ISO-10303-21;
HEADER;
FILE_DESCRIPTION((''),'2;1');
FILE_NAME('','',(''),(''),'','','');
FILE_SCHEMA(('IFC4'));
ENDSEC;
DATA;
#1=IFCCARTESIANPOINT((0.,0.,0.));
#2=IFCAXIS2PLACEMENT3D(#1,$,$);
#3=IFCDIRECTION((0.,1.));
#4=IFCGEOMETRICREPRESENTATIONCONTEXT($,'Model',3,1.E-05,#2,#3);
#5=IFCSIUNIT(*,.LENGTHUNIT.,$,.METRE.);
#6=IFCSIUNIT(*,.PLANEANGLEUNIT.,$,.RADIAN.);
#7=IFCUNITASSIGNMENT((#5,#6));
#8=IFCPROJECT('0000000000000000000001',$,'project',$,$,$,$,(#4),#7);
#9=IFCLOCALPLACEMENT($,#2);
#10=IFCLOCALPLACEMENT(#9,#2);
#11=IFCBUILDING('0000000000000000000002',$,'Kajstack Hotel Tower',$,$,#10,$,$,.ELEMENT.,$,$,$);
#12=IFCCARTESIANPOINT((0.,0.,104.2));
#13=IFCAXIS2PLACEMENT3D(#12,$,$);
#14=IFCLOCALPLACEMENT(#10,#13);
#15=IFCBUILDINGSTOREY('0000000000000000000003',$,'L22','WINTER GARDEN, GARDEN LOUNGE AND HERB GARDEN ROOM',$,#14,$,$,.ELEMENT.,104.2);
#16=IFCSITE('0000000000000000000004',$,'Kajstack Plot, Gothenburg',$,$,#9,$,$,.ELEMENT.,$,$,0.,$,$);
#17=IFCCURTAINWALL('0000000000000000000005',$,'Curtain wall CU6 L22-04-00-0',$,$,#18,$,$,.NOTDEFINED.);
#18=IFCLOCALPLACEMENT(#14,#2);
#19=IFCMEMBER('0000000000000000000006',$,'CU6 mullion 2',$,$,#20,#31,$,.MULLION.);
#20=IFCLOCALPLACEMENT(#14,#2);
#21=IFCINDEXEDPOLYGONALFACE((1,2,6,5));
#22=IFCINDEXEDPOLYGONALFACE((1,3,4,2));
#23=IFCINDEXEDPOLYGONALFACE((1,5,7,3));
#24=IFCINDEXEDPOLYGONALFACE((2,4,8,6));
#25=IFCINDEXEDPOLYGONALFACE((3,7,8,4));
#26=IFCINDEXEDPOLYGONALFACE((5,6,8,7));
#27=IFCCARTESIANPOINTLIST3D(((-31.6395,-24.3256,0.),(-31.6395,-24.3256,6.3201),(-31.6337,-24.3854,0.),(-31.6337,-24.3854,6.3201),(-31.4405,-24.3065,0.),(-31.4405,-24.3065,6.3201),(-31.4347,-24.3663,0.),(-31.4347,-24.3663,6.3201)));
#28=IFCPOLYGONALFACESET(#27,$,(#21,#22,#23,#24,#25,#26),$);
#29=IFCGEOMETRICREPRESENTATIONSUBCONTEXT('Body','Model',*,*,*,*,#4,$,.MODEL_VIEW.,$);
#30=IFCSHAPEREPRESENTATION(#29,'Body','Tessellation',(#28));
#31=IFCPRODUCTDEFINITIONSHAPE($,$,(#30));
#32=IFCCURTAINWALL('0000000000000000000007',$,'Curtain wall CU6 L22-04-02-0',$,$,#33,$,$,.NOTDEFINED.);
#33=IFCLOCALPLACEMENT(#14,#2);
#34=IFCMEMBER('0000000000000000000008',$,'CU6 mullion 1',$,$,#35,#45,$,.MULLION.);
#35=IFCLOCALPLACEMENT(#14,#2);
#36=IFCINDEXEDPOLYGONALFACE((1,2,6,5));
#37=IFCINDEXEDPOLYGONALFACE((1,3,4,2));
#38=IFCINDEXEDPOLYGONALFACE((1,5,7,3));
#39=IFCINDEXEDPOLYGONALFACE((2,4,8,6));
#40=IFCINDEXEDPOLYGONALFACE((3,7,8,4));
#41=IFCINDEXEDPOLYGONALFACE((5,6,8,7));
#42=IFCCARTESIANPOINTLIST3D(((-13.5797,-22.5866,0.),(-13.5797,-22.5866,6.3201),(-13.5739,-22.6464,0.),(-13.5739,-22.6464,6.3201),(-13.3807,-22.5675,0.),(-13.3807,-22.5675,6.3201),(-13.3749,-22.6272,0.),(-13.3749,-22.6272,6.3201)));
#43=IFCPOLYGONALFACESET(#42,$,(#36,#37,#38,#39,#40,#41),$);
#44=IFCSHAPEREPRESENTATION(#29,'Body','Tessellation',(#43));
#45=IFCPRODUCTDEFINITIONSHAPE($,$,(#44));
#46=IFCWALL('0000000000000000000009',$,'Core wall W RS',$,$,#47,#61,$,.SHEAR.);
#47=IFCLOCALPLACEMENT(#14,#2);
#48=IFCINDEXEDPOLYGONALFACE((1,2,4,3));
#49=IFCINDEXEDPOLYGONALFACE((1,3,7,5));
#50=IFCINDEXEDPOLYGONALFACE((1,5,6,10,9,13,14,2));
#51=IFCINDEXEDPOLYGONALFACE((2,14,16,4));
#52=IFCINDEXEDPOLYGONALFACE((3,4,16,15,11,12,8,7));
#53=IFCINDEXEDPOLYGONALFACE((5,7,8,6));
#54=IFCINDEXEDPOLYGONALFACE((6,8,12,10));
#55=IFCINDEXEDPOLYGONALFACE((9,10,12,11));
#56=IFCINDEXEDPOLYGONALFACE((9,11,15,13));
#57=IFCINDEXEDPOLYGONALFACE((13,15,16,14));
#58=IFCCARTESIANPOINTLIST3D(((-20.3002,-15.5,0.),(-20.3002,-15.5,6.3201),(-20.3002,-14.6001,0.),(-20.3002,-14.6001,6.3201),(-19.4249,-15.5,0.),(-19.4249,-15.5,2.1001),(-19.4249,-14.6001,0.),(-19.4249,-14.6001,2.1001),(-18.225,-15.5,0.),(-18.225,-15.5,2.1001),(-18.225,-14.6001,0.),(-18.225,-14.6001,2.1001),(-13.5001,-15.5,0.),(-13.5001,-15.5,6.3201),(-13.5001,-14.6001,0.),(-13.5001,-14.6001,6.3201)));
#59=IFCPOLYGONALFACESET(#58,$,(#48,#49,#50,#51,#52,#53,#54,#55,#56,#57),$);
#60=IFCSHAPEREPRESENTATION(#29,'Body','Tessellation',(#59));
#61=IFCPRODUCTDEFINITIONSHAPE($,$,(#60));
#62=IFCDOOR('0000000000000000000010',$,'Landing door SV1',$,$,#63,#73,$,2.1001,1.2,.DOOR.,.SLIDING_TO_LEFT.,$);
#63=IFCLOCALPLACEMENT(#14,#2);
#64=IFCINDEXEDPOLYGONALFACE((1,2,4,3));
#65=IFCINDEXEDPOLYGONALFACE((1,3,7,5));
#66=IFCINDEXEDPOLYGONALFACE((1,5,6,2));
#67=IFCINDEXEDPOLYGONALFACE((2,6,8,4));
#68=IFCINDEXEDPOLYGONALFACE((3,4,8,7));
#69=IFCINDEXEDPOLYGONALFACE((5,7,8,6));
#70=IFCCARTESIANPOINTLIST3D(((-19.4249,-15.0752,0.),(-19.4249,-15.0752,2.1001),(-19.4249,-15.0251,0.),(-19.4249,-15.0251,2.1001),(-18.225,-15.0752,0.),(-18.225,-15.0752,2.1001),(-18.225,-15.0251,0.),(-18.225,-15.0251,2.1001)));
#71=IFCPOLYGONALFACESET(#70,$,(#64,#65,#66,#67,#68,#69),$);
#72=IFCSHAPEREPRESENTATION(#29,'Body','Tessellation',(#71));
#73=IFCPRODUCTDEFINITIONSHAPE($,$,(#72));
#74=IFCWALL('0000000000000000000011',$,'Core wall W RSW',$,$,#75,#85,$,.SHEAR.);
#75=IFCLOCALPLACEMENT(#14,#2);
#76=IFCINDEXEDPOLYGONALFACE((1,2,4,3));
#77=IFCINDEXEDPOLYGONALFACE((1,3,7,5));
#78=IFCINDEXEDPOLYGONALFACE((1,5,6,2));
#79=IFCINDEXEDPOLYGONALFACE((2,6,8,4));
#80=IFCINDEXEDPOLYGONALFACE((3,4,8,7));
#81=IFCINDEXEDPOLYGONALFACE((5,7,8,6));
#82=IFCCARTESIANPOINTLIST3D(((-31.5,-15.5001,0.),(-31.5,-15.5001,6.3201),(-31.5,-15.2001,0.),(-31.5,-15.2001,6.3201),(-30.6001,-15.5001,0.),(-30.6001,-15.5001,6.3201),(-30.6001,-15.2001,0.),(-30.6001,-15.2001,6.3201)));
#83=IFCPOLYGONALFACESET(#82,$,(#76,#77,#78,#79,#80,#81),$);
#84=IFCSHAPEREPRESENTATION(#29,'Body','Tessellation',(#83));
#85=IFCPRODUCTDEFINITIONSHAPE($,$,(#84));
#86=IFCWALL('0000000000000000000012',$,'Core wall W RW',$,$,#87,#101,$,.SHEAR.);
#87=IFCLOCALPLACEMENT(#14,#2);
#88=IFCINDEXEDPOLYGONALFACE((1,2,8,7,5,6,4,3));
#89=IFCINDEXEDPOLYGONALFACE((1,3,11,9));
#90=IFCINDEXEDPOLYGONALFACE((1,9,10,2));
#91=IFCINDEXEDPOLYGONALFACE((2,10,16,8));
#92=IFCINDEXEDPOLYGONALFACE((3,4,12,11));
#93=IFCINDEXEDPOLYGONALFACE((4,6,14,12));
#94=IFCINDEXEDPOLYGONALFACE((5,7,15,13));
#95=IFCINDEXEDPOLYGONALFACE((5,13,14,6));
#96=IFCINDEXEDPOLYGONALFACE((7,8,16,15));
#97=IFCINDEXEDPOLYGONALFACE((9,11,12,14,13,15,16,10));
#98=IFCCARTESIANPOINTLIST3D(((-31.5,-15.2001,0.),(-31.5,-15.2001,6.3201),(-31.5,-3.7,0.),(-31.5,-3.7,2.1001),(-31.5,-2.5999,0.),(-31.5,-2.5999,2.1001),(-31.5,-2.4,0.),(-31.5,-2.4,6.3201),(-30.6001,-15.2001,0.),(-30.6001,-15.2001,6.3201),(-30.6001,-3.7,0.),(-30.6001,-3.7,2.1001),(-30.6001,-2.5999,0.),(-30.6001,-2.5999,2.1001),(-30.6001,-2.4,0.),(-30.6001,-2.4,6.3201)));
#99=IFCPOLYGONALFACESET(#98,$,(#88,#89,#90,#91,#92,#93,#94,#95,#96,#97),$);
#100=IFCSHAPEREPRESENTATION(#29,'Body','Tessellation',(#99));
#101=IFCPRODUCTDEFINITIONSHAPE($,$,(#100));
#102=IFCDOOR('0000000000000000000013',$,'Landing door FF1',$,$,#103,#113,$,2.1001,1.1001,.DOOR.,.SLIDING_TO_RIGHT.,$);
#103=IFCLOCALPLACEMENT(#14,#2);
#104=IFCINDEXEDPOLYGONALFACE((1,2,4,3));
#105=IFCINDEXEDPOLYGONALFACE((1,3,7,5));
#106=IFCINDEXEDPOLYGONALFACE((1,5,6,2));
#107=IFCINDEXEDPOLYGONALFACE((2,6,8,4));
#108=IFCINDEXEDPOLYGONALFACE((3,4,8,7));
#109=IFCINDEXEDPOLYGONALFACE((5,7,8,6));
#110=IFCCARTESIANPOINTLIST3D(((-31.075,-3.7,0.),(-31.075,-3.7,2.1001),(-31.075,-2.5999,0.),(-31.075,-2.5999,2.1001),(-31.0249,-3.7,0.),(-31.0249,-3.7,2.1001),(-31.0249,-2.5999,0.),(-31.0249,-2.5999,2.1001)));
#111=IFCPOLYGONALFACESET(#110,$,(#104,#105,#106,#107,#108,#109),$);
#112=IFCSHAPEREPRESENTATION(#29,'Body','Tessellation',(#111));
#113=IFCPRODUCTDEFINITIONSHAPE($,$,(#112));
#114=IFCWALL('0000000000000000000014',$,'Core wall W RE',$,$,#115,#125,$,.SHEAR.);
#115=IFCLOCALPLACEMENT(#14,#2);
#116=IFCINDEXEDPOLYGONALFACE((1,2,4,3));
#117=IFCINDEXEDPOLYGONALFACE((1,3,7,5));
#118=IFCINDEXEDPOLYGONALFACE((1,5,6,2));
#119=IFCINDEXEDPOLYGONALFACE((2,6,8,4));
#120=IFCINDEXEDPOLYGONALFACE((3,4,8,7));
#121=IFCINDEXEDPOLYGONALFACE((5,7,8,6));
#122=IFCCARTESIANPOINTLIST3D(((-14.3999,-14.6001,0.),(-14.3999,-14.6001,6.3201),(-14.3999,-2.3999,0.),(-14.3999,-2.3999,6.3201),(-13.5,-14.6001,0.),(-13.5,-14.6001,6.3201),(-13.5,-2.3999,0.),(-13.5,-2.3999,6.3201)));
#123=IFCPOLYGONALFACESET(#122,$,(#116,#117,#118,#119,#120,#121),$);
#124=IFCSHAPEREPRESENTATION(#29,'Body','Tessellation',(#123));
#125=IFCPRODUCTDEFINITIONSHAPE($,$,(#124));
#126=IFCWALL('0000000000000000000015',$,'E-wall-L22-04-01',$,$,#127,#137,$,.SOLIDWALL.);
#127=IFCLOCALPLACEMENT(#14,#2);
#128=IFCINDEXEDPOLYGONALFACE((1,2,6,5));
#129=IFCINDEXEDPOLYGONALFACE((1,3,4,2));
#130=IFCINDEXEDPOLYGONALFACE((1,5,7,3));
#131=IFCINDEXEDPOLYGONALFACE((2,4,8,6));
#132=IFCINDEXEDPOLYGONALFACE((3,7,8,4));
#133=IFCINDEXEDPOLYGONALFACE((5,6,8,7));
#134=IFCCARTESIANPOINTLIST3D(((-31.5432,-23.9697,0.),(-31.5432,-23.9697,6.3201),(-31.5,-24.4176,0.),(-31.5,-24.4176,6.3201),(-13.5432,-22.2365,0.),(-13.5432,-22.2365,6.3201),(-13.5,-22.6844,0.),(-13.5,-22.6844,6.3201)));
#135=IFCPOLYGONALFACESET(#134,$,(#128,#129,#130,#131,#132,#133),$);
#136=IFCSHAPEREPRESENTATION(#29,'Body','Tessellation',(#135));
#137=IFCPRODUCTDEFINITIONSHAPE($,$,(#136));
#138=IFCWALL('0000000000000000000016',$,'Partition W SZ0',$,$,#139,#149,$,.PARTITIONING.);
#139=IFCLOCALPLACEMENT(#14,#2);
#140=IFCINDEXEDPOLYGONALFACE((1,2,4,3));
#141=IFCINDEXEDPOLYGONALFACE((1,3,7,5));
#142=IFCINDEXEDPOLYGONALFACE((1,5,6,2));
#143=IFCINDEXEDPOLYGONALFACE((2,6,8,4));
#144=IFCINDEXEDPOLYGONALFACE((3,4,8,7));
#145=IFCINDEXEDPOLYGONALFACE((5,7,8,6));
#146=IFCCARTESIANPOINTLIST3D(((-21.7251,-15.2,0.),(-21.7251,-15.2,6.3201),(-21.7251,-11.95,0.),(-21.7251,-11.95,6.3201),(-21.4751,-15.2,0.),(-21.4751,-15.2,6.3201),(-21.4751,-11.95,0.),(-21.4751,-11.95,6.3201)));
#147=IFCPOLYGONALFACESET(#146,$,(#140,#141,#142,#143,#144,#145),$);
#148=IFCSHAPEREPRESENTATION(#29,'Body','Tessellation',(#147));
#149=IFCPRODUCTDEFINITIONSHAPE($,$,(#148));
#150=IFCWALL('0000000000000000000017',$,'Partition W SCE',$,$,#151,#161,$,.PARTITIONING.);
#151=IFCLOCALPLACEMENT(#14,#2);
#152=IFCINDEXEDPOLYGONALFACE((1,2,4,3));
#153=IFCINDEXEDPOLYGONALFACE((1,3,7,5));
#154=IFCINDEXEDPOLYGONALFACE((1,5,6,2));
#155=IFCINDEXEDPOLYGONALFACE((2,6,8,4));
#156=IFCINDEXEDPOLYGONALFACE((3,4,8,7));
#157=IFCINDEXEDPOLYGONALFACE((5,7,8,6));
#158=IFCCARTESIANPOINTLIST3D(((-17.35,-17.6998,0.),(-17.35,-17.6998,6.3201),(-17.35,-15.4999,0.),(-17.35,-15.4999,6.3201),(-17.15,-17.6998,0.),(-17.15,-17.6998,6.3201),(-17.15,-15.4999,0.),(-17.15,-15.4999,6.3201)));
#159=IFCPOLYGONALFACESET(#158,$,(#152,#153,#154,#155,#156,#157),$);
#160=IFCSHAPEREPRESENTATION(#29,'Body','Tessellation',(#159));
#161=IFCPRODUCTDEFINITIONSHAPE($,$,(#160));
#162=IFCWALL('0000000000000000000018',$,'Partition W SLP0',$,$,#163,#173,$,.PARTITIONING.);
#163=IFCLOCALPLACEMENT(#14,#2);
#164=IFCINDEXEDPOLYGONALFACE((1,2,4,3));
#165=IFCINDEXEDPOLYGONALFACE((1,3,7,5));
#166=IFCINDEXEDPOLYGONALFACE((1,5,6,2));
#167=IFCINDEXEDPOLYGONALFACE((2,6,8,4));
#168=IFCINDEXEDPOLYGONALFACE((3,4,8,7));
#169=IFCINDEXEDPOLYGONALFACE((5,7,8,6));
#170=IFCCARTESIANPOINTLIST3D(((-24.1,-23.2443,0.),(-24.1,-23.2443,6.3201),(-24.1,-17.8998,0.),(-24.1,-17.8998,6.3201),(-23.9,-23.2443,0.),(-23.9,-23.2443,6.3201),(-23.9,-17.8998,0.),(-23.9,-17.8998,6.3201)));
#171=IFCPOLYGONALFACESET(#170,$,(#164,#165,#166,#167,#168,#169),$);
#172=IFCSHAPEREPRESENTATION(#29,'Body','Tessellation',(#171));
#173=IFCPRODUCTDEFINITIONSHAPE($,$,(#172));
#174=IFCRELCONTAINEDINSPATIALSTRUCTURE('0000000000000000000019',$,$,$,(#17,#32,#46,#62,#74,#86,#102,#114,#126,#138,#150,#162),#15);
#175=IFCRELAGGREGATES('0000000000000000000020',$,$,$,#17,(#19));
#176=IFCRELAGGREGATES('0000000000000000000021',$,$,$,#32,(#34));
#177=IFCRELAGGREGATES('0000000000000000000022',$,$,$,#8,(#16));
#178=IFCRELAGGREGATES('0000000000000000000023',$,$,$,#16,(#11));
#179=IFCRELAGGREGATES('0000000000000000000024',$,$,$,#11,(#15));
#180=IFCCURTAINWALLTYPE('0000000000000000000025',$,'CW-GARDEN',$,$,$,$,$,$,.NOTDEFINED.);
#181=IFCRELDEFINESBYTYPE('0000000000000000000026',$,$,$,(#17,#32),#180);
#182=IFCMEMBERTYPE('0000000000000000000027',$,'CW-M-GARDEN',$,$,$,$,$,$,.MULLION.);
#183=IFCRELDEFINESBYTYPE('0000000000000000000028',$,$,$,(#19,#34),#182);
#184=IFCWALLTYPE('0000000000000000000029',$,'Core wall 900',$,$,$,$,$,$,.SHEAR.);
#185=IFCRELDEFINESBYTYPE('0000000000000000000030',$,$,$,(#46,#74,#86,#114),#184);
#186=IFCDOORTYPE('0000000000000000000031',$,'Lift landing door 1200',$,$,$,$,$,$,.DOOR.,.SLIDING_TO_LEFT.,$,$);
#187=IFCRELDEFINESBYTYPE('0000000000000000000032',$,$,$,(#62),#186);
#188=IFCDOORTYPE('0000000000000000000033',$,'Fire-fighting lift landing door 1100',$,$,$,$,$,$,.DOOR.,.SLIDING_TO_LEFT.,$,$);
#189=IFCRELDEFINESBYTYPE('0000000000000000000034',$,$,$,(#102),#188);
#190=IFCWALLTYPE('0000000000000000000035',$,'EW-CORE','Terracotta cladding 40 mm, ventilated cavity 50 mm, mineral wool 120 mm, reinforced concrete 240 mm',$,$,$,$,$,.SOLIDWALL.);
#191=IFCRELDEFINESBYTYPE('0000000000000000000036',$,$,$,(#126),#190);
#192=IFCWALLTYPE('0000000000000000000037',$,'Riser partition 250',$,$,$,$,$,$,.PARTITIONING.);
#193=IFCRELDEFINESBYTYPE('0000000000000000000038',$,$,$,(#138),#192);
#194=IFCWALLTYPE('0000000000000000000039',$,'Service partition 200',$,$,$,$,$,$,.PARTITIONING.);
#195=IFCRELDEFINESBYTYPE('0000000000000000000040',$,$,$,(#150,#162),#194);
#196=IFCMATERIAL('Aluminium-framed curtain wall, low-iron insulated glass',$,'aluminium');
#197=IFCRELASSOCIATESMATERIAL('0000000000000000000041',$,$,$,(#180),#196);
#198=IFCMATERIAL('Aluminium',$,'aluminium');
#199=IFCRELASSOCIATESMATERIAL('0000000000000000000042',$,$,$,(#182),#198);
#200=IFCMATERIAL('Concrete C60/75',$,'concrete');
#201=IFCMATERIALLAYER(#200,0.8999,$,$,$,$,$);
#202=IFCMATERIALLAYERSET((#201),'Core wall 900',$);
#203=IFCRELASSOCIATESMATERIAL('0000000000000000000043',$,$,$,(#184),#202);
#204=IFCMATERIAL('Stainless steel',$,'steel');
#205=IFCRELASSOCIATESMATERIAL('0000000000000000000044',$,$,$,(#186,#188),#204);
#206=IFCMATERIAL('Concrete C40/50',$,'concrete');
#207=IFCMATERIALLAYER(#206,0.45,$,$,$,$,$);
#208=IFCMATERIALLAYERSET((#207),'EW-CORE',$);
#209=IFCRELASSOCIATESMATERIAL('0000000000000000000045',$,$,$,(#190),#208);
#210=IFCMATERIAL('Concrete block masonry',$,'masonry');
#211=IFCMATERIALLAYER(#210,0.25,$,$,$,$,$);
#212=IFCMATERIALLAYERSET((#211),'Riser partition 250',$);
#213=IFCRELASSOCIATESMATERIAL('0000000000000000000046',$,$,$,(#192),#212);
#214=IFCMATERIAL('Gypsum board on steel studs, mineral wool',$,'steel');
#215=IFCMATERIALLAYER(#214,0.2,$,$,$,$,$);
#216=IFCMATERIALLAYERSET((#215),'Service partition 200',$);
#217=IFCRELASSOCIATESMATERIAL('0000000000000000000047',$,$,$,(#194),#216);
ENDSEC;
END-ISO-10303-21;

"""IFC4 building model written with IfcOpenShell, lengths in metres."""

from ifc_helpers import new_model, si_unit, direction, frame, frame_2d, origin, origin_2d, place, context, subcontext, project, spatial, rectangle, extrude, material, layer, layer_set, material_profile, profile_set, type_object, element, fill, aggregate, save


model = new_model("IFC4")

# Units and contexts
model_context = context("Model", 3, precision=1e-05, world=origin(), true_north=direction((0.0, 1.0)))
body_context = subcontext(model_context, "Body", "Model", "MODEL_VIEW")
ifc_project = project(units=[si_unit("LENGTHUNIT", "METRE"), si_unit("PLANEANGLEUNIT", "RADIAN")], contexts=[model_context])

# Site, building, storey
site_placement = place(None, origin())
site = spatial("IfcSite", under=ifc_project, at=site_placement, Name="Kajstack Plot, Gothenburg", CompositionType="ELEMENT", RefElevation=0.0)
building_placement = place(site_placement, origin())
building = spatial("IfcBuilding", under=site, at=building_placement, Name="Kajstack Hotel Tower", CompositionType="ELEMENT")
storey_placement = place(building_placement, frame((0.0, 0.0, 104.2)))
storey = spatial("IfcBuildingStorey", under=building, at=storey_placement, Name="L22", Description="WINTER GARDEN, GARDEN LOUNGE AND HERB GARDEN ROOM", CompositionType="ELEMENT", Elevation=104.2)

# Curtain walls, members
ifc_material_1 = material(Name="Aluminium-framed curtain wall, low-iron insulated glass", Category="aluminium")
curtain_wall_type = type_object("IfcCurtainWallType", Name="CW-GARDEN", PredefinedType="NOTDEFINED", material=ifc_material_1)
curtain_wall_1_placement = place(storey_placement, origin())
curtain_wall_1 = element("IfcCurtainWall", 1, at=curtain_wall_1_placement, inside=storey, type_object=curtain_wall_type, Name="Curtain wall CU6 L22-04-00-0", PredefinedType="NOTDEFINED")
ifc_material_2 = material(Name="Aluminium", Category="aluminium")
ifc_material_profile = material_profile(ifc_material_2, rectangle(XDim=0.0601, YDim=0.2, at=origin_2d()), Name="Aluminium mullion 60 x 200")
ifc_profile_set = profile_set([ifc_material_profile], Name="Aluminium")
member_type = type_object("IfcMemberType", Name="CW-M-GARDEN", PredefinedType="MULLION", material=ifc_profile_set)
member_1_placement = place(storey_placement, frame((-31.5371, -24.3459, 0.0), z_axis=(0.0, 0.0, 1.0), x_axis=(-0.095846, 0.995396, 0.0)))
member_1 = element("IfcMember", 2, at=member_1_placement, type_object=member_type, Name="CU6 mullion 2", PredefinedType="MULLION", context=body_context, shape_type="SweptSolid", body=[
    extrude(rectangle(XDim=0.0601, YDim=0.2, at=origin_2d()), origin(), (0.0, 0.0, 1.0), 6.3201),
])
aggregate(curtain_wall_1, [member_1])
curtain_wall_2_placement = place(storey_placement, origin())
curtain_wall_2 = element("IfcCurtainWall", 3, at=curtain_wall_2_placement, inside=storey, type_object=curtain_wall_type, Name="Curtain wall CU6 L22-04-02-0", PredefinedType="NOTDEFINED")
member_2_placement = place(storey_placement, frame((-13.4773, -22.6069, 0.0), z_axis=(0.0, 0.0, 1.0), x_axis=(-0.095846, 0.995396, 0.0)))
member_2 = element("IfcMember", 4, at=member_2_placement, type_object=member_type, Name="CU6 mullion 1", PredefinedType="MULLION", context=body_context, shape_type="SweptSolid", body=[
    extrude(rectangle(XDim=0.0601, YDim=0.2, at=origin_2d()), origin(), (0.0, 0.0, 1.0), 6.3201),
])
aggregate(curtain_wall_2, [member_2])

# Wall, opening, door
ifc_material_3 = material(Name="Concrete C60/75", Category="concrete")
ifc_layer_1 = layer(ifc_material_3, 0.8999)
ifc_layer_set_1 = layer_set([ifc_layer_1], Name="Core wall 900")
wall_type_1 = type_object("IfcWallType", Name="Core wall 900", PredefinedType="SHEAR", material=ifc_layer_set_1)
wall_1_placement = place(storey_placement, frame((-20.3, -15.05, 0.0), z_axis=(0.0, 0.0, 1.0), x_axis=(1.0, 0.0, 0.0)))
wall_1 = element("IfcWall", 5, at=wall_1_placement, inside=storey, type_object=wall_type_1, Name="Core wall W RS", PredefinedType="SHEAR", context=body_context, shape_type="SweptSolid", body=[
    extrude(rectangle(XDim=6.8, YDim=0.8999, at=frame_2d((3.3999, 0.0))), origin(), (0.0, 0.0, 1.0), 6.3201),
])
opening_1_placement = place(wall_1_placement, frame((0.875, 0.0, 0.0)))
opening_1 = element("IfcOpeningElement", 6, at=opening_1_placement, cuts=wall_1, PredefinedType="OPENING", context=body_context, shape_type="SweptSolid", body=[
    extrude(rectangle(XDim=1.2, YDim=2.1001, at=frame_2d((0.6001, 1.05))), frame((0.0, 0.46, 0.0), z_axis=(0.0, -1.0, 0.0), x_axis=(1.0, 0.0, 0.0)), (0.0, 0.0, 1.0), 0.9199),
])
ifc_material_4 = material(Name="Stainless steel", Category="steel")
door_type_1 = type_object("IfcDoorType", Name="Lift landing door 1200", OperationType="SLIDING_TO_LEFT", PredefinedType="DOOR", material=ifc_material_4)
door_1_placement = place(opening_1_placement, origin())
door_1 = element("IfcDoor", 7, at=door_1_placement, inside=storey, type_object=door_type_1, Name="Landing door SV1", OperationType="SLIDING_TO_LEFT", OverallHeight=2.1001, OverallWidth=1.2, PredefinedType="DOOR", context=body_context, shape_type="SweptSolid", body=[
    extrude(rectangle(XDim=1.2, YDim=2.1001, at=frame_2d((0.6001, 1.05))), frame((0.0, 0.0249, 0.0), z_axis=(0.0, -1.0, 0.0), x_axis=(1.0, 0.0, 0.0)), (0.0, 0.0, 1.0), 0.05),
])
fill(opening_1, door_1)

# Wall
wall_2_placement = place(storey_placement, frame((-31.5, -15.3501, 0.0), z_axis=(0.0, 0.0, 1.0), x_axis=(1.0, 0.0, 0.0)))
element("IfcWall", 8, at=wall_2_placement, inside=storey, type_object=wall_type_1, Name="Core wall W RSW", PredefinedType="SHEAR", context=body_context, shape_type="SweptSolid", body=[
    extrude(rectangle(XDim=0.8999, YDim=0.3, at=frame_2d((0.45, 0.0))), origin(), (0.0, 0.0, 1.0), 6.3201),
])

# Wall, opening, door
wall_3_placement = place(storey_placement, frame((-31.05, -15.2, 0.0), z_axis=(0.0, 0.0, 1.0), x_axis=(0.0, 1.0, 0.0)))
wall_3 = element("IfcWall", 9, at=wall_3_placement, inside=storey, type_object=wall_type_1, Name="Core wall W RW", PredefinedType="SHEAR", context=body_context, shape_type="SweptSolid", body=[
    extrude(rectangle(XDim=12.8, YDim=0.8999, at=frame_2d((6.3999, 0.0))), origin(), (0.0, 0.0, 1.0), 6.3201),
])
opening_2_placement = place(wall_3_placement, frame((11.5, 0.0, 0.0)))
opening_2 = element("IfcOpeningElement", 10, at=opening_2_placement, cuts=wall_3, PredefinedType="OPENING", context=body_context, shape_type="SweptSolid", body=[
    extrude(rectangle(XDim=1.1001, YDim=2.1001, at=frame_2d((0.55, 1.05))), frame((0.0, 0.46, 0.0), z_axis=(0.0, -1.0, 0.0), x_axis=(1.0, 0.0, 0.0)), (0.0, 0.0, 1.0), 0.9199),
])
door_type_2 = type_object("IfcDoorType", Name="Fire-fighting lift landing door 1100", OperationType="SLIDING_TO_LEFT", PredefinedType="DOOR", material=ifc_material_4)
door_2_placement = place(opening_2_placement, origin())
door_2 = element("IfcDoor", 11, at=door_2_placement, inside=storey, type_object=door_type_2, Name="Landing door FF1", OperationType="SLIDING_TO_RIGHT", OverallHeight=2.1001, OverallWidth=1.1001, PredefinedType="DOOR", context=body_context, shape_type="SweptSolid", body=[
    extrude(rectangle(XDim=1.1001, YDim=2.1001, at=frame_2d((0.55, 1.05))), frame((0.0, 0.0249, 0.0), z_axis=(0.0, -1.0, 0.0), x_axis=(1.0, 0.0, 0.0)), (0.0, 0.0, 1.0), 0.05),
])
fill(opening_2, door_2)

# Walls
wall_4_placement = place(storey_placement, frame((-13.95, -14.6001, 0.0), z_axis=(0.0, 0.0, 1.0), x_axis=(0.0, 1.0, 0.0)))
element("IfcWall", 12, at=wall_4_placement, inside=storey, type_object=wall_type_1, Name="Core wall W RE", PredefinedType="SHEAR", context=body_context, shape_type="SweptSolid", body=[
    extrude(rectangle(XDim=12.2002, YDim=0.8999, at=frame_2d((6.1001, 0.0))), origin(), (0.0, 0.0, 1.0), 6.3201),
])
ifc_material_5 = material(Name="Concrete C40/50", Category="concrete")
ifc_layer_2 = layer(ifc_material_5, 0.45)
ifc_layer_set_2 = layer_set([ifc_layer_2], Name="EW-CORE")
wall_type_2 = type_object("IfcWallType", Name="EW-CORE", Description="Terracotta cladding 40 mm, ventilated cavity 50 mm, mineral wool 120 mm, reinforced concrete 240 mm", PredefinedType="SOLIDWALL", material=ifc_layer_set_2)
wall_5_placement = place(storey_placement, frame((-31.5215, -24.1936, 0.0), z_axis=(0.0, 0.0, 1.0), x_axis=(0.995396, 0.095843, 0.0)))
element("IfcWall", 13, at=wall_5_placement, inside=storey, type_object=wall_type_2, Name="E-wall-L22-04-01", PredefinedType="SOLIDWALL", context=body_context, shape_type="SweptSolid", body=[
    extrude(rectangle(XDim=18.0833, YDim=0.45, at=frame_2d((9.0415, 0.0))), origin(), (0.0, 0.0, 1.0), 6.3201),
])
ifc_material_6 = material(Name="Concrete block masonry", Category="masonry")
ifc_layer_3 = layer(ifc_material_6, 0.25)
ifc_layer_set_3 = layer_set([ifc_layer_3], Name="Riser partition 250")
wall_type_3 = type_object("IfcWallType", Name="Riser partition 250", PredefinedType="PARTITIONING", material=ifc_layer_set_3)
wall_6_placement = place(storey_placement, frame((-21.6001, -15.2, 0.0), z_axis=(0.0, 0.0, 1.0), x_axis=(0.0, 1.0, 0.0)))
element("IfcWall", 14, at=wall_6_placement, inside=storey, type_object=wall_type_3, Name="Partition W SZ0", PredefinedType="PARTITIONING", context=body_context, shape_type="SweptSolid", body=[
    extrude(rectangle(XDim=3.25, YDim=0.25, at=frame_2d((1.625, 0.0))), origin(), (0.0, 0.0, 1.0), 6.3201),
])
ifc_material_7 = material(Name="Gypsum board on steel studs, mineral wool", Category="steel")
ifc_layer_4 = layer(ifc_material_7, 0.2)
ifc_layer_set_4 = layer_set([ifc_layer_4], Name="Service partition 200")
wall_type_4 = type_object("IfcWallType", Name="Service partition 200", PredefinedType="PARTITIONING", material=ifc_layer_set_4)
wall_7_placement = place(storey_placement, frame((-17.25, -17.7, 0.0), z_axis=(0.0, 0.0, 1.0), x_axis=(0.0, 1.0, 0.0)))
element("IfcWall", 15, at=wall_7_placement, inside=storey, type_object=wall_type_4, Name="Partition W SCE", PredefinedType="PARTITIONING", context=body_context, shape_type="SweptSolid", body=[
    extrude(rectangle(XDim=2.2, YDim=0.2, at=frame_2d((1.1001, 0.0))), origin(), (0.0, 0.0, 1.0), 6.3201),
])
wall_8_placement = place(storey_placement, frame((-24.0, -23.2444, 0.0), z_axis=(0.0, 0.0, 1.0), x_axis=(0.0, 1.0, 0.0)))
element("IfcWall", 16, at=wall_8_placement, inside=storey, type_object=wall_type_4, Name="Partition W SLP0", PredefinedType="PARTITIONING", context=body_context, shape_type="SweptSolid", body=[
    extrude(rectangle(XDim=5.3445, YDim=0.2, at=frame_2d((2.6724, 0.0))), origin(), (0.0, 0.0, 1.0), 6.3201),
])

save(model, "model.ifc")
